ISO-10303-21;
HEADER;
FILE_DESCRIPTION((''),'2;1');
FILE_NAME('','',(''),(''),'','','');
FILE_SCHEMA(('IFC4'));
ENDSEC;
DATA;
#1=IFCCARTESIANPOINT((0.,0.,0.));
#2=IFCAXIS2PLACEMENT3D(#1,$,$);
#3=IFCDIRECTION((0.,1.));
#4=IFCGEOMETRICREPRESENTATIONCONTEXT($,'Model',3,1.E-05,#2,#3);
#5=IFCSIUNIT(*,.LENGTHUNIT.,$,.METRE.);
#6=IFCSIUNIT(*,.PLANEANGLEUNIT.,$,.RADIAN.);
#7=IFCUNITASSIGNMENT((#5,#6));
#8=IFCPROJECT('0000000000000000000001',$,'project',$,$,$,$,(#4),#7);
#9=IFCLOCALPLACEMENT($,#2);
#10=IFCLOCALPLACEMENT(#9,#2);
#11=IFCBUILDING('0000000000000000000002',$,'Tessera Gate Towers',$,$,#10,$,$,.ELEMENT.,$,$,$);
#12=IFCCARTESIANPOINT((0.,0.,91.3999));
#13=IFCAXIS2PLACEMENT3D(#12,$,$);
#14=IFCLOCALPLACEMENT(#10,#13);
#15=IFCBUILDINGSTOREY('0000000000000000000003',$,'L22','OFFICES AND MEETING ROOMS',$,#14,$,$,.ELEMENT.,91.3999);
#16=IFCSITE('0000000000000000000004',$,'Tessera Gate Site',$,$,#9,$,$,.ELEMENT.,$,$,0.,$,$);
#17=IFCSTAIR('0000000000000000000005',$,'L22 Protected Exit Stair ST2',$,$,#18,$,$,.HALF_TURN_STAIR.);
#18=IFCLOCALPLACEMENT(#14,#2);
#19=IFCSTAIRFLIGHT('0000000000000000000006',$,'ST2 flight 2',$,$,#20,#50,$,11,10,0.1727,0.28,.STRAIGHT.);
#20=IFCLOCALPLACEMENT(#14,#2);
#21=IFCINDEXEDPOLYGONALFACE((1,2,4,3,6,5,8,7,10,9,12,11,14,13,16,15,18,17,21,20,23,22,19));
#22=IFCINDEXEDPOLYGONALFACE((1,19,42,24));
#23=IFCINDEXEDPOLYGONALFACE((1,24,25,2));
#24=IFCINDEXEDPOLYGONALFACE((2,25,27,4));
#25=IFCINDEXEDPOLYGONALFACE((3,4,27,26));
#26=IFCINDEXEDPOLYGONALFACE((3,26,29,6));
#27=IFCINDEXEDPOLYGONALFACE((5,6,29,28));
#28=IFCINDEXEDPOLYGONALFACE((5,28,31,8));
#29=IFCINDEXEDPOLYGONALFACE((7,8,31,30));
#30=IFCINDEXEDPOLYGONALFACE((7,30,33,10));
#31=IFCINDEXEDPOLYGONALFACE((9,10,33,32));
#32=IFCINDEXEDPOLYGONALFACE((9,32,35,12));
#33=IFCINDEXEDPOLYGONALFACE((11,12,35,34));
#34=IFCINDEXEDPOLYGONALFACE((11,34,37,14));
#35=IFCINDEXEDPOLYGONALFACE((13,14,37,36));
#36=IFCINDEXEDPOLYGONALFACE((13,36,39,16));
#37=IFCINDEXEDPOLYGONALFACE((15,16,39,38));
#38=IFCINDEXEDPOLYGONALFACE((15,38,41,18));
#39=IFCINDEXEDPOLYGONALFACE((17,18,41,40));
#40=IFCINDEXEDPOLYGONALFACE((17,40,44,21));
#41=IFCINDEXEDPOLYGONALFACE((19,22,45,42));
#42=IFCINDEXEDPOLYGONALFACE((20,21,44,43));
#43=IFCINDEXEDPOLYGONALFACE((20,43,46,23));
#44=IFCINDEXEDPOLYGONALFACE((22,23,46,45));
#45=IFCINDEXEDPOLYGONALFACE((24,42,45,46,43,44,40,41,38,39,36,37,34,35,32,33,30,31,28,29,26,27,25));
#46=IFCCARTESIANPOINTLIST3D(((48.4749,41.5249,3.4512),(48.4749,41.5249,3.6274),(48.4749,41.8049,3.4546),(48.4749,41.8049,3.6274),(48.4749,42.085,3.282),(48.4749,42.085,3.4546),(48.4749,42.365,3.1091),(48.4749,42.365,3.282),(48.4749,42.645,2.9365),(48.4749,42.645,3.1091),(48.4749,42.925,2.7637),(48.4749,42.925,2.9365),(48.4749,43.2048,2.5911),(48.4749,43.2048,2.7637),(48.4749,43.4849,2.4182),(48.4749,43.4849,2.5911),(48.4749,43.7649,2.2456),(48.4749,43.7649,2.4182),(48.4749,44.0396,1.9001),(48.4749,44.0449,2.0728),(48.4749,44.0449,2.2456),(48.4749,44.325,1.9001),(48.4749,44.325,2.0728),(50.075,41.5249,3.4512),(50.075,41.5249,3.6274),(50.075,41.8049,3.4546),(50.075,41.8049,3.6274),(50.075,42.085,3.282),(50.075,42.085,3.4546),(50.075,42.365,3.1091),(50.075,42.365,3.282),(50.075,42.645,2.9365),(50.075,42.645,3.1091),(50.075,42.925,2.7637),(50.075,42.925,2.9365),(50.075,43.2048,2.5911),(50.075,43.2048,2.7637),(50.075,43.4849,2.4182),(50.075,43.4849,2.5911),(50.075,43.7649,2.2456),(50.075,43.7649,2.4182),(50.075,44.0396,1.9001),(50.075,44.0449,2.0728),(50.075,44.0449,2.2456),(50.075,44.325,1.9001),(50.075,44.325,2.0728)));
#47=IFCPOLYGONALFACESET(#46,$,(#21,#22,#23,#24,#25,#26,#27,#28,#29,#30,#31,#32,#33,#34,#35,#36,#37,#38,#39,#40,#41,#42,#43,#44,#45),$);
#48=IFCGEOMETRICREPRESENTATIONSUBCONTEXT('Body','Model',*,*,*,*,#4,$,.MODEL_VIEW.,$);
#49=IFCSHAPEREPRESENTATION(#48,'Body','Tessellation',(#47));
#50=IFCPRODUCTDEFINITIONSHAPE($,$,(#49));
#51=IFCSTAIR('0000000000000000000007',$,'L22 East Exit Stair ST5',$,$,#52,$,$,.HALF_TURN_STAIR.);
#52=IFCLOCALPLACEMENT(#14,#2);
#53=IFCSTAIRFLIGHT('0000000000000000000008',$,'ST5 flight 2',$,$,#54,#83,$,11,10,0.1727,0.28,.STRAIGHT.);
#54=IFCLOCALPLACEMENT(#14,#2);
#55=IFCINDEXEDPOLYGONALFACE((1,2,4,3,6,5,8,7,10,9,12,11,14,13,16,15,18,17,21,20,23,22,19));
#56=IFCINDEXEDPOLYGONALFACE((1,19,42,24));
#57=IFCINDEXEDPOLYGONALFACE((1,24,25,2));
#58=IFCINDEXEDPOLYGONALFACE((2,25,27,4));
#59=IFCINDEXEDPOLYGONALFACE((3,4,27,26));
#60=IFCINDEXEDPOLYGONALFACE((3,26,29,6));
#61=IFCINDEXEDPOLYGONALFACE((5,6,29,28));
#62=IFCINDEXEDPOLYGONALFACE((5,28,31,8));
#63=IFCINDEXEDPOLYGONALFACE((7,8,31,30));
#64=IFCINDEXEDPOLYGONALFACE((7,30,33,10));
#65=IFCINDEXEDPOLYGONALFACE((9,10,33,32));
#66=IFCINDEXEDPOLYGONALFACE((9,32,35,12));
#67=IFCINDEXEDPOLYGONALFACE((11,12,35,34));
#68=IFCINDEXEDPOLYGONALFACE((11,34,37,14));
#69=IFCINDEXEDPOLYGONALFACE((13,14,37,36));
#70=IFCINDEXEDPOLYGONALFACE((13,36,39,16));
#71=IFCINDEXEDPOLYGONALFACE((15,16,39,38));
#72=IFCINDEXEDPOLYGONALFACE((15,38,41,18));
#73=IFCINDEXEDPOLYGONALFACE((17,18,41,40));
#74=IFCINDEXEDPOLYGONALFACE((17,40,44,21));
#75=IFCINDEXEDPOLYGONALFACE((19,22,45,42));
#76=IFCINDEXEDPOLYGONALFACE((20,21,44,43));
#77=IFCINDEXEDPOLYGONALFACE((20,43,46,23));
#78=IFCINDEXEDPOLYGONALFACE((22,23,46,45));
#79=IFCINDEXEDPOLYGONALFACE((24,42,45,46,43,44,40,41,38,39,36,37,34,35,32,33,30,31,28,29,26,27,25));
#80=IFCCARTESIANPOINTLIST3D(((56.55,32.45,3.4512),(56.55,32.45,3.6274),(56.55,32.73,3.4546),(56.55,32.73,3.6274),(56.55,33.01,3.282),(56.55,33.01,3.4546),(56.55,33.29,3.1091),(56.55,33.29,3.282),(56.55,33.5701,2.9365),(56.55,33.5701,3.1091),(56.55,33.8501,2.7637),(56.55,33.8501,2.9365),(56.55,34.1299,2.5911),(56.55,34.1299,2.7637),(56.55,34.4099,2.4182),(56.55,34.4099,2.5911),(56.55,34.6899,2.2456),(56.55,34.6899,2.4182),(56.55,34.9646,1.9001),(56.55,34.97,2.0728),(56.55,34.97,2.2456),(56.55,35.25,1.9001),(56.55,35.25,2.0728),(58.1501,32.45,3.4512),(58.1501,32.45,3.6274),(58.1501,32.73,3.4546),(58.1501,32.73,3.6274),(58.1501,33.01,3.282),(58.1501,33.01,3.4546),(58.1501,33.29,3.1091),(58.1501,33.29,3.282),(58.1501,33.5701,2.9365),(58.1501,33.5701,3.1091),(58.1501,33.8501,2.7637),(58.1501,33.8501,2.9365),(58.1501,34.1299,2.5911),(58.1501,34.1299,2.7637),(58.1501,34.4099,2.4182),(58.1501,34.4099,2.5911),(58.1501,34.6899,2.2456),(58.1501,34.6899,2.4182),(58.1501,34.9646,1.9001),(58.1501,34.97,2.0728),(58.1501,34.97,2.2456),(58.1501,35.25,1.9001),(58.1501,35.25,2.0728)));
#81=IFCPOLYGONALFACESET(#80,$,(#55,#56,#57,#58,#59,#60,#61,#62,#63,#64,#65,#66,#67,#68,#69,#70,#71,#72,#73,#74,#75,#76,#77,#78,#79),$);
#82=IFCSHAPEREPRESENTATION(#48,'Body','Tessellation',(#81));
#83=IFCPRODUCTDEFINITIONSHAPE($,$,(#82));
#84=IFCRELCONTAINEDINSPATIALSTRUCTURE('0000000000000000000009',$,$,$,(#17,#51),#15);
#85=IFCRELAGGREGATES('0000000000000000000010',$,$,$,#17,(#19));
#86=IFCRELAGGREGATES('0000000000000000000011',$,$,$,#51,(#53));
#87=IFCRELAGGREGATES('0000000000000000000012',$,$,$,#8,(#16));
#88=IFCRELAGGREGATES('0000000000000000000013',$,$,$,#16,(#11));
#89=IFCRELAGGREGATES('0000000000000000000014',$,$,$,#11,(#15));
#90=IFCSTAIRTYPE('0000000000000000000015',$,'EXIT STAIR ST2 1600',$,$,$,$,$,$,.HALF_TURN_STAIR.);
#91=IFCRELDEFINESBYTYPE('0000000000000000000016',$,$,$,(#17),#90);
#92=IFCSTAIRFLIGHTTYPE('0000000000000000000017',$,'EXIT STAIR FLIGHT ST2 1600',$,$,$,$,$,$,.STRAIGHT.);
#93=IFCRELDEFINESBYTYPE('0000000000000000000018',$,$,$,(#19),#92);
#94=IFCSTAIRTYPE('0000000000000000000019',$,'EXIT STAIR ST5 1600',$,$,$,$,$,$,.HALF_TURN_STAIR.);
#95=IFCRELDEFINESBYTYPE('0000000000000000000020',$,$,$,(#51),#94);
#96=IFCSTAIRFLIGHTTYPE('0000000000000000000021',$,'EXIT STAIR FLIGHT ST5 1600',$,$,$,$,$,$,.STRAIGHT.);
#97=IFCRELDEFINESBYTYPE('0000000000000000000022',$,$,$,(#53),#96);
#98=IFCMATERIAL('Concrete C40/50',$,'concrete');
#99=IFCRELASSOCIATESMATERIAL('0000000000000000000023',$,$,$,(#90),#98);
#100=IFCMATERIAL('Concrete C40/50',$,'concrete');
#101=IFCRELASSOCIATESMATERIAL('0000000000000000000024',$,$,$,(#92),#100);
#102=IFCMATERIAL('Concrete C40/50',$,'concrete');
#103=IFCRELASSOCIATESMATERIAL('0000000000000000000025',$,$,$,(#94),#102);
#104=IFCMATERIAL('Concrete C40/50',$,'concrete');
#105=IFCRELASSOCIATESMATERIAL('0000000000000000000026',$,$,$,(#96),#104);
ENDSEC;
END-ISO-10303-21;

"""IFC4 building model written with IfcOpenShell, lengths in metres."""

from ifc_helpers import new_model, si_unit, direction, frame, origin, place, context, subcontext, project, spatial, polyline, outline, extrude, material, type_object, element, aggregate, save


model = new_model("IFC4")

# Units and contexts
model_context = context("Model", 3, precision=1e-05, world=origin(), true_north=direction((0.0, 1.0)))
body_context = subcontext(model_context, "Body", "Model", "MODEL_VIEW")
ifc_project = project(units=[si_unit("LENGTHUNIT", "METRE"), si_unit("PLANEANGLEUNIT", "RADIAN")], contexts=[model_context])

# Site, building, storey
site_placement = place(None, origin())
site = spatial("IfcSite", under=ifc_project, at=site_placement, Name="Tessera Gate Site", CompositionType="ELEMENT", RefElevation=0.0)
building_placement = place(site_placement, origin())
building = spatial("IfcBuilding", under=site, at=building_placement, Name="Tessera Gate Towers", CompositionType="ELEMENT")
storey_placement = place(building_placement, frame((0.0, 0.0, 91.3999)))
storey = spatial("IfcBuildingStorey", under=building, at=storey_placement, Name="L22", Description="OFFICES AND MEETING ROOMS", CompositionType="ELEMENT", Elevation=91.3999)

# Stair, stair flight
ifc_material_1 = material(Name="Concrete C40/50", Category="concrete")
stair_type_1 = type_object("IfcStairType", Name="EXIT STAIR ST2 1600", PredefinedType="HALF_TURN_STAIR", material=ifc_material_1)
stair_1_placement = place(storey_placement, origin())
stair_1 = element("IfcStair", 1, at=stair_1_placement, inside=storey, type_object=stair_type_1, Name="L22 Protected Exit Stair ST2", PredefinedType="HALF_TURN_STAIR")
ifc_material_2 = material(Name="Concrete C40/50", Category="concrete")
stair_flight_type_1 = type_object("IfcStairFlightType", Name="EXIT STAIR FLIGHT ST2 1600", PredefinedType="STRAIGHT", material=ifc_material_2)
stair_flight_1_placement = place(storey_placement, frame((49.2749, 44.325, 1.9001), z_axis=(0.0, 0.0, 1.0), x_axis=(0.0, -1.0, 0.0)))
stair_flight_1 = element("IfcStairFlight", 2, at=stair_flight_1_placement, type_object=stair_flight_type_1, Name="ST2 flight 2", NumberOfRisers=11, NumberOfTreads=10, PredefinedType="STRAIGHT", RiserHeight=0.1727, TreadLength=0.28, context=body_context, shape_type="SweptSolid", body=[
    extrude(outline(polyline([(0.0, 0.0), (0.0, 0.1726), (0.28, 0.1726), (0.28, 0.3455), (0.5601, 0.3455), (0.5601, 0.5181), (0.8401, 0.5181), (0.8401, 0.6909), (1.1201, 0.6909), (1.1201, 0.8635), (1.3999, 0.8635), (1.3999, 1.0364), (1.6799, 1.0364), (1.6799, 1.209), (1.96, 1.209), (1.96, 1.3818), (2.24, 1.3818), (2.24, 1.5544), (2.52, 1.5544), (2.52, 1.7273), (2.8, 1.7273), (2.8, 1.8999), (2.8, 1.551), (0.2854, 0.0), (0.0, 0.0)])), frame((0.0, 0.8, 0.0), z_axis=(0.0, -1.0, 0.0), x_axis=(1.0, 0.0, 0.0)), (0.0, 0.0, 1.0), 1.6001),
])
aggregate(stair_1, [stair_flight_1])

# Stair, stair flight
ifc_material_3 = material(Name="Concrete C40/50", Category="concrete")
stair_type_2 = type_object("IfcStairType", Name="EXIT STAIR ST5 1600", PredefinedType="HALF_TURN_STAIR", material=ifc_material_3)
stair_2_placement = place(storey_placement, origin())
stair_2 = element("IfcStair", 3, at=stair_2_placement, inside=storey, type_object=stair_type_2, Name="L22 East Exit Stair ST5", PredefinedType="HALF_TURN_STAIR")
ifc_material_4 = material(Name="Concrete C40/50", Category="concrete")
stair_flight_type_2 = type_object("IfcStairFlightType", Name="EXIT STAIR FLIGHT ST5 1600", PredefinedType="STRAIGHT", material=ifc_material_4)
stair_flight_2_placement = place(storey_placement, frame((57.3501, 35.25, 1.9001), z_axis=(0.0, 0.0, 1.0), x_axis=(0.0, -1.0, 0.0)))
stair_flight_2 = element("IfcStairFlight", 4, at=stair_flight_2_placement, type_object=stair_flight_type_2, Name="ST5 flight 2", NumberOfRisers=11, NumberOfTreads=10, PredefinedType="STRAIGHT", RiserHeight=0.1727, TreadLength=0.28, context=body_context, shape_type="SweptSolid", body=[
    extrude(outline(polyline([(0.0, 0.0), (0.0, 0.1726), (0.28, 0.1726), (0.28, 0.3455), (0.5601, 0.3455), (0.5601, 0.5181), (0.8401, 0.5181), (0.8401, 0.6909), (1.1201, 0.6909), (1.1201, 0.8635), (1.3999, 0.8635), (1.3999, 1.0364), (1.6799, 1.0364), (1.6799, 1.209), (1.96, 1.209), (1.96, 1.3818), (2.24, 1.3818), (2.24, 1.5544), (2.52, 1.5544), (2.52, 1.7273), (2.8, 1.7273), (2.8, 1.8999), (2.8, 1.551), (0.2854, 0.0), (0.0, 0.0)])), frame((0.0, 0.8, 0.0), z_axis=(0.0, -1.0, 0.0), x_axis=(1.0, 0.0, 0.0)), (0.0, 0.0, 1.0), 1.6001),
])
aggregate(stair_2, [stair_flight_2])

save(model, "model.ifc")
